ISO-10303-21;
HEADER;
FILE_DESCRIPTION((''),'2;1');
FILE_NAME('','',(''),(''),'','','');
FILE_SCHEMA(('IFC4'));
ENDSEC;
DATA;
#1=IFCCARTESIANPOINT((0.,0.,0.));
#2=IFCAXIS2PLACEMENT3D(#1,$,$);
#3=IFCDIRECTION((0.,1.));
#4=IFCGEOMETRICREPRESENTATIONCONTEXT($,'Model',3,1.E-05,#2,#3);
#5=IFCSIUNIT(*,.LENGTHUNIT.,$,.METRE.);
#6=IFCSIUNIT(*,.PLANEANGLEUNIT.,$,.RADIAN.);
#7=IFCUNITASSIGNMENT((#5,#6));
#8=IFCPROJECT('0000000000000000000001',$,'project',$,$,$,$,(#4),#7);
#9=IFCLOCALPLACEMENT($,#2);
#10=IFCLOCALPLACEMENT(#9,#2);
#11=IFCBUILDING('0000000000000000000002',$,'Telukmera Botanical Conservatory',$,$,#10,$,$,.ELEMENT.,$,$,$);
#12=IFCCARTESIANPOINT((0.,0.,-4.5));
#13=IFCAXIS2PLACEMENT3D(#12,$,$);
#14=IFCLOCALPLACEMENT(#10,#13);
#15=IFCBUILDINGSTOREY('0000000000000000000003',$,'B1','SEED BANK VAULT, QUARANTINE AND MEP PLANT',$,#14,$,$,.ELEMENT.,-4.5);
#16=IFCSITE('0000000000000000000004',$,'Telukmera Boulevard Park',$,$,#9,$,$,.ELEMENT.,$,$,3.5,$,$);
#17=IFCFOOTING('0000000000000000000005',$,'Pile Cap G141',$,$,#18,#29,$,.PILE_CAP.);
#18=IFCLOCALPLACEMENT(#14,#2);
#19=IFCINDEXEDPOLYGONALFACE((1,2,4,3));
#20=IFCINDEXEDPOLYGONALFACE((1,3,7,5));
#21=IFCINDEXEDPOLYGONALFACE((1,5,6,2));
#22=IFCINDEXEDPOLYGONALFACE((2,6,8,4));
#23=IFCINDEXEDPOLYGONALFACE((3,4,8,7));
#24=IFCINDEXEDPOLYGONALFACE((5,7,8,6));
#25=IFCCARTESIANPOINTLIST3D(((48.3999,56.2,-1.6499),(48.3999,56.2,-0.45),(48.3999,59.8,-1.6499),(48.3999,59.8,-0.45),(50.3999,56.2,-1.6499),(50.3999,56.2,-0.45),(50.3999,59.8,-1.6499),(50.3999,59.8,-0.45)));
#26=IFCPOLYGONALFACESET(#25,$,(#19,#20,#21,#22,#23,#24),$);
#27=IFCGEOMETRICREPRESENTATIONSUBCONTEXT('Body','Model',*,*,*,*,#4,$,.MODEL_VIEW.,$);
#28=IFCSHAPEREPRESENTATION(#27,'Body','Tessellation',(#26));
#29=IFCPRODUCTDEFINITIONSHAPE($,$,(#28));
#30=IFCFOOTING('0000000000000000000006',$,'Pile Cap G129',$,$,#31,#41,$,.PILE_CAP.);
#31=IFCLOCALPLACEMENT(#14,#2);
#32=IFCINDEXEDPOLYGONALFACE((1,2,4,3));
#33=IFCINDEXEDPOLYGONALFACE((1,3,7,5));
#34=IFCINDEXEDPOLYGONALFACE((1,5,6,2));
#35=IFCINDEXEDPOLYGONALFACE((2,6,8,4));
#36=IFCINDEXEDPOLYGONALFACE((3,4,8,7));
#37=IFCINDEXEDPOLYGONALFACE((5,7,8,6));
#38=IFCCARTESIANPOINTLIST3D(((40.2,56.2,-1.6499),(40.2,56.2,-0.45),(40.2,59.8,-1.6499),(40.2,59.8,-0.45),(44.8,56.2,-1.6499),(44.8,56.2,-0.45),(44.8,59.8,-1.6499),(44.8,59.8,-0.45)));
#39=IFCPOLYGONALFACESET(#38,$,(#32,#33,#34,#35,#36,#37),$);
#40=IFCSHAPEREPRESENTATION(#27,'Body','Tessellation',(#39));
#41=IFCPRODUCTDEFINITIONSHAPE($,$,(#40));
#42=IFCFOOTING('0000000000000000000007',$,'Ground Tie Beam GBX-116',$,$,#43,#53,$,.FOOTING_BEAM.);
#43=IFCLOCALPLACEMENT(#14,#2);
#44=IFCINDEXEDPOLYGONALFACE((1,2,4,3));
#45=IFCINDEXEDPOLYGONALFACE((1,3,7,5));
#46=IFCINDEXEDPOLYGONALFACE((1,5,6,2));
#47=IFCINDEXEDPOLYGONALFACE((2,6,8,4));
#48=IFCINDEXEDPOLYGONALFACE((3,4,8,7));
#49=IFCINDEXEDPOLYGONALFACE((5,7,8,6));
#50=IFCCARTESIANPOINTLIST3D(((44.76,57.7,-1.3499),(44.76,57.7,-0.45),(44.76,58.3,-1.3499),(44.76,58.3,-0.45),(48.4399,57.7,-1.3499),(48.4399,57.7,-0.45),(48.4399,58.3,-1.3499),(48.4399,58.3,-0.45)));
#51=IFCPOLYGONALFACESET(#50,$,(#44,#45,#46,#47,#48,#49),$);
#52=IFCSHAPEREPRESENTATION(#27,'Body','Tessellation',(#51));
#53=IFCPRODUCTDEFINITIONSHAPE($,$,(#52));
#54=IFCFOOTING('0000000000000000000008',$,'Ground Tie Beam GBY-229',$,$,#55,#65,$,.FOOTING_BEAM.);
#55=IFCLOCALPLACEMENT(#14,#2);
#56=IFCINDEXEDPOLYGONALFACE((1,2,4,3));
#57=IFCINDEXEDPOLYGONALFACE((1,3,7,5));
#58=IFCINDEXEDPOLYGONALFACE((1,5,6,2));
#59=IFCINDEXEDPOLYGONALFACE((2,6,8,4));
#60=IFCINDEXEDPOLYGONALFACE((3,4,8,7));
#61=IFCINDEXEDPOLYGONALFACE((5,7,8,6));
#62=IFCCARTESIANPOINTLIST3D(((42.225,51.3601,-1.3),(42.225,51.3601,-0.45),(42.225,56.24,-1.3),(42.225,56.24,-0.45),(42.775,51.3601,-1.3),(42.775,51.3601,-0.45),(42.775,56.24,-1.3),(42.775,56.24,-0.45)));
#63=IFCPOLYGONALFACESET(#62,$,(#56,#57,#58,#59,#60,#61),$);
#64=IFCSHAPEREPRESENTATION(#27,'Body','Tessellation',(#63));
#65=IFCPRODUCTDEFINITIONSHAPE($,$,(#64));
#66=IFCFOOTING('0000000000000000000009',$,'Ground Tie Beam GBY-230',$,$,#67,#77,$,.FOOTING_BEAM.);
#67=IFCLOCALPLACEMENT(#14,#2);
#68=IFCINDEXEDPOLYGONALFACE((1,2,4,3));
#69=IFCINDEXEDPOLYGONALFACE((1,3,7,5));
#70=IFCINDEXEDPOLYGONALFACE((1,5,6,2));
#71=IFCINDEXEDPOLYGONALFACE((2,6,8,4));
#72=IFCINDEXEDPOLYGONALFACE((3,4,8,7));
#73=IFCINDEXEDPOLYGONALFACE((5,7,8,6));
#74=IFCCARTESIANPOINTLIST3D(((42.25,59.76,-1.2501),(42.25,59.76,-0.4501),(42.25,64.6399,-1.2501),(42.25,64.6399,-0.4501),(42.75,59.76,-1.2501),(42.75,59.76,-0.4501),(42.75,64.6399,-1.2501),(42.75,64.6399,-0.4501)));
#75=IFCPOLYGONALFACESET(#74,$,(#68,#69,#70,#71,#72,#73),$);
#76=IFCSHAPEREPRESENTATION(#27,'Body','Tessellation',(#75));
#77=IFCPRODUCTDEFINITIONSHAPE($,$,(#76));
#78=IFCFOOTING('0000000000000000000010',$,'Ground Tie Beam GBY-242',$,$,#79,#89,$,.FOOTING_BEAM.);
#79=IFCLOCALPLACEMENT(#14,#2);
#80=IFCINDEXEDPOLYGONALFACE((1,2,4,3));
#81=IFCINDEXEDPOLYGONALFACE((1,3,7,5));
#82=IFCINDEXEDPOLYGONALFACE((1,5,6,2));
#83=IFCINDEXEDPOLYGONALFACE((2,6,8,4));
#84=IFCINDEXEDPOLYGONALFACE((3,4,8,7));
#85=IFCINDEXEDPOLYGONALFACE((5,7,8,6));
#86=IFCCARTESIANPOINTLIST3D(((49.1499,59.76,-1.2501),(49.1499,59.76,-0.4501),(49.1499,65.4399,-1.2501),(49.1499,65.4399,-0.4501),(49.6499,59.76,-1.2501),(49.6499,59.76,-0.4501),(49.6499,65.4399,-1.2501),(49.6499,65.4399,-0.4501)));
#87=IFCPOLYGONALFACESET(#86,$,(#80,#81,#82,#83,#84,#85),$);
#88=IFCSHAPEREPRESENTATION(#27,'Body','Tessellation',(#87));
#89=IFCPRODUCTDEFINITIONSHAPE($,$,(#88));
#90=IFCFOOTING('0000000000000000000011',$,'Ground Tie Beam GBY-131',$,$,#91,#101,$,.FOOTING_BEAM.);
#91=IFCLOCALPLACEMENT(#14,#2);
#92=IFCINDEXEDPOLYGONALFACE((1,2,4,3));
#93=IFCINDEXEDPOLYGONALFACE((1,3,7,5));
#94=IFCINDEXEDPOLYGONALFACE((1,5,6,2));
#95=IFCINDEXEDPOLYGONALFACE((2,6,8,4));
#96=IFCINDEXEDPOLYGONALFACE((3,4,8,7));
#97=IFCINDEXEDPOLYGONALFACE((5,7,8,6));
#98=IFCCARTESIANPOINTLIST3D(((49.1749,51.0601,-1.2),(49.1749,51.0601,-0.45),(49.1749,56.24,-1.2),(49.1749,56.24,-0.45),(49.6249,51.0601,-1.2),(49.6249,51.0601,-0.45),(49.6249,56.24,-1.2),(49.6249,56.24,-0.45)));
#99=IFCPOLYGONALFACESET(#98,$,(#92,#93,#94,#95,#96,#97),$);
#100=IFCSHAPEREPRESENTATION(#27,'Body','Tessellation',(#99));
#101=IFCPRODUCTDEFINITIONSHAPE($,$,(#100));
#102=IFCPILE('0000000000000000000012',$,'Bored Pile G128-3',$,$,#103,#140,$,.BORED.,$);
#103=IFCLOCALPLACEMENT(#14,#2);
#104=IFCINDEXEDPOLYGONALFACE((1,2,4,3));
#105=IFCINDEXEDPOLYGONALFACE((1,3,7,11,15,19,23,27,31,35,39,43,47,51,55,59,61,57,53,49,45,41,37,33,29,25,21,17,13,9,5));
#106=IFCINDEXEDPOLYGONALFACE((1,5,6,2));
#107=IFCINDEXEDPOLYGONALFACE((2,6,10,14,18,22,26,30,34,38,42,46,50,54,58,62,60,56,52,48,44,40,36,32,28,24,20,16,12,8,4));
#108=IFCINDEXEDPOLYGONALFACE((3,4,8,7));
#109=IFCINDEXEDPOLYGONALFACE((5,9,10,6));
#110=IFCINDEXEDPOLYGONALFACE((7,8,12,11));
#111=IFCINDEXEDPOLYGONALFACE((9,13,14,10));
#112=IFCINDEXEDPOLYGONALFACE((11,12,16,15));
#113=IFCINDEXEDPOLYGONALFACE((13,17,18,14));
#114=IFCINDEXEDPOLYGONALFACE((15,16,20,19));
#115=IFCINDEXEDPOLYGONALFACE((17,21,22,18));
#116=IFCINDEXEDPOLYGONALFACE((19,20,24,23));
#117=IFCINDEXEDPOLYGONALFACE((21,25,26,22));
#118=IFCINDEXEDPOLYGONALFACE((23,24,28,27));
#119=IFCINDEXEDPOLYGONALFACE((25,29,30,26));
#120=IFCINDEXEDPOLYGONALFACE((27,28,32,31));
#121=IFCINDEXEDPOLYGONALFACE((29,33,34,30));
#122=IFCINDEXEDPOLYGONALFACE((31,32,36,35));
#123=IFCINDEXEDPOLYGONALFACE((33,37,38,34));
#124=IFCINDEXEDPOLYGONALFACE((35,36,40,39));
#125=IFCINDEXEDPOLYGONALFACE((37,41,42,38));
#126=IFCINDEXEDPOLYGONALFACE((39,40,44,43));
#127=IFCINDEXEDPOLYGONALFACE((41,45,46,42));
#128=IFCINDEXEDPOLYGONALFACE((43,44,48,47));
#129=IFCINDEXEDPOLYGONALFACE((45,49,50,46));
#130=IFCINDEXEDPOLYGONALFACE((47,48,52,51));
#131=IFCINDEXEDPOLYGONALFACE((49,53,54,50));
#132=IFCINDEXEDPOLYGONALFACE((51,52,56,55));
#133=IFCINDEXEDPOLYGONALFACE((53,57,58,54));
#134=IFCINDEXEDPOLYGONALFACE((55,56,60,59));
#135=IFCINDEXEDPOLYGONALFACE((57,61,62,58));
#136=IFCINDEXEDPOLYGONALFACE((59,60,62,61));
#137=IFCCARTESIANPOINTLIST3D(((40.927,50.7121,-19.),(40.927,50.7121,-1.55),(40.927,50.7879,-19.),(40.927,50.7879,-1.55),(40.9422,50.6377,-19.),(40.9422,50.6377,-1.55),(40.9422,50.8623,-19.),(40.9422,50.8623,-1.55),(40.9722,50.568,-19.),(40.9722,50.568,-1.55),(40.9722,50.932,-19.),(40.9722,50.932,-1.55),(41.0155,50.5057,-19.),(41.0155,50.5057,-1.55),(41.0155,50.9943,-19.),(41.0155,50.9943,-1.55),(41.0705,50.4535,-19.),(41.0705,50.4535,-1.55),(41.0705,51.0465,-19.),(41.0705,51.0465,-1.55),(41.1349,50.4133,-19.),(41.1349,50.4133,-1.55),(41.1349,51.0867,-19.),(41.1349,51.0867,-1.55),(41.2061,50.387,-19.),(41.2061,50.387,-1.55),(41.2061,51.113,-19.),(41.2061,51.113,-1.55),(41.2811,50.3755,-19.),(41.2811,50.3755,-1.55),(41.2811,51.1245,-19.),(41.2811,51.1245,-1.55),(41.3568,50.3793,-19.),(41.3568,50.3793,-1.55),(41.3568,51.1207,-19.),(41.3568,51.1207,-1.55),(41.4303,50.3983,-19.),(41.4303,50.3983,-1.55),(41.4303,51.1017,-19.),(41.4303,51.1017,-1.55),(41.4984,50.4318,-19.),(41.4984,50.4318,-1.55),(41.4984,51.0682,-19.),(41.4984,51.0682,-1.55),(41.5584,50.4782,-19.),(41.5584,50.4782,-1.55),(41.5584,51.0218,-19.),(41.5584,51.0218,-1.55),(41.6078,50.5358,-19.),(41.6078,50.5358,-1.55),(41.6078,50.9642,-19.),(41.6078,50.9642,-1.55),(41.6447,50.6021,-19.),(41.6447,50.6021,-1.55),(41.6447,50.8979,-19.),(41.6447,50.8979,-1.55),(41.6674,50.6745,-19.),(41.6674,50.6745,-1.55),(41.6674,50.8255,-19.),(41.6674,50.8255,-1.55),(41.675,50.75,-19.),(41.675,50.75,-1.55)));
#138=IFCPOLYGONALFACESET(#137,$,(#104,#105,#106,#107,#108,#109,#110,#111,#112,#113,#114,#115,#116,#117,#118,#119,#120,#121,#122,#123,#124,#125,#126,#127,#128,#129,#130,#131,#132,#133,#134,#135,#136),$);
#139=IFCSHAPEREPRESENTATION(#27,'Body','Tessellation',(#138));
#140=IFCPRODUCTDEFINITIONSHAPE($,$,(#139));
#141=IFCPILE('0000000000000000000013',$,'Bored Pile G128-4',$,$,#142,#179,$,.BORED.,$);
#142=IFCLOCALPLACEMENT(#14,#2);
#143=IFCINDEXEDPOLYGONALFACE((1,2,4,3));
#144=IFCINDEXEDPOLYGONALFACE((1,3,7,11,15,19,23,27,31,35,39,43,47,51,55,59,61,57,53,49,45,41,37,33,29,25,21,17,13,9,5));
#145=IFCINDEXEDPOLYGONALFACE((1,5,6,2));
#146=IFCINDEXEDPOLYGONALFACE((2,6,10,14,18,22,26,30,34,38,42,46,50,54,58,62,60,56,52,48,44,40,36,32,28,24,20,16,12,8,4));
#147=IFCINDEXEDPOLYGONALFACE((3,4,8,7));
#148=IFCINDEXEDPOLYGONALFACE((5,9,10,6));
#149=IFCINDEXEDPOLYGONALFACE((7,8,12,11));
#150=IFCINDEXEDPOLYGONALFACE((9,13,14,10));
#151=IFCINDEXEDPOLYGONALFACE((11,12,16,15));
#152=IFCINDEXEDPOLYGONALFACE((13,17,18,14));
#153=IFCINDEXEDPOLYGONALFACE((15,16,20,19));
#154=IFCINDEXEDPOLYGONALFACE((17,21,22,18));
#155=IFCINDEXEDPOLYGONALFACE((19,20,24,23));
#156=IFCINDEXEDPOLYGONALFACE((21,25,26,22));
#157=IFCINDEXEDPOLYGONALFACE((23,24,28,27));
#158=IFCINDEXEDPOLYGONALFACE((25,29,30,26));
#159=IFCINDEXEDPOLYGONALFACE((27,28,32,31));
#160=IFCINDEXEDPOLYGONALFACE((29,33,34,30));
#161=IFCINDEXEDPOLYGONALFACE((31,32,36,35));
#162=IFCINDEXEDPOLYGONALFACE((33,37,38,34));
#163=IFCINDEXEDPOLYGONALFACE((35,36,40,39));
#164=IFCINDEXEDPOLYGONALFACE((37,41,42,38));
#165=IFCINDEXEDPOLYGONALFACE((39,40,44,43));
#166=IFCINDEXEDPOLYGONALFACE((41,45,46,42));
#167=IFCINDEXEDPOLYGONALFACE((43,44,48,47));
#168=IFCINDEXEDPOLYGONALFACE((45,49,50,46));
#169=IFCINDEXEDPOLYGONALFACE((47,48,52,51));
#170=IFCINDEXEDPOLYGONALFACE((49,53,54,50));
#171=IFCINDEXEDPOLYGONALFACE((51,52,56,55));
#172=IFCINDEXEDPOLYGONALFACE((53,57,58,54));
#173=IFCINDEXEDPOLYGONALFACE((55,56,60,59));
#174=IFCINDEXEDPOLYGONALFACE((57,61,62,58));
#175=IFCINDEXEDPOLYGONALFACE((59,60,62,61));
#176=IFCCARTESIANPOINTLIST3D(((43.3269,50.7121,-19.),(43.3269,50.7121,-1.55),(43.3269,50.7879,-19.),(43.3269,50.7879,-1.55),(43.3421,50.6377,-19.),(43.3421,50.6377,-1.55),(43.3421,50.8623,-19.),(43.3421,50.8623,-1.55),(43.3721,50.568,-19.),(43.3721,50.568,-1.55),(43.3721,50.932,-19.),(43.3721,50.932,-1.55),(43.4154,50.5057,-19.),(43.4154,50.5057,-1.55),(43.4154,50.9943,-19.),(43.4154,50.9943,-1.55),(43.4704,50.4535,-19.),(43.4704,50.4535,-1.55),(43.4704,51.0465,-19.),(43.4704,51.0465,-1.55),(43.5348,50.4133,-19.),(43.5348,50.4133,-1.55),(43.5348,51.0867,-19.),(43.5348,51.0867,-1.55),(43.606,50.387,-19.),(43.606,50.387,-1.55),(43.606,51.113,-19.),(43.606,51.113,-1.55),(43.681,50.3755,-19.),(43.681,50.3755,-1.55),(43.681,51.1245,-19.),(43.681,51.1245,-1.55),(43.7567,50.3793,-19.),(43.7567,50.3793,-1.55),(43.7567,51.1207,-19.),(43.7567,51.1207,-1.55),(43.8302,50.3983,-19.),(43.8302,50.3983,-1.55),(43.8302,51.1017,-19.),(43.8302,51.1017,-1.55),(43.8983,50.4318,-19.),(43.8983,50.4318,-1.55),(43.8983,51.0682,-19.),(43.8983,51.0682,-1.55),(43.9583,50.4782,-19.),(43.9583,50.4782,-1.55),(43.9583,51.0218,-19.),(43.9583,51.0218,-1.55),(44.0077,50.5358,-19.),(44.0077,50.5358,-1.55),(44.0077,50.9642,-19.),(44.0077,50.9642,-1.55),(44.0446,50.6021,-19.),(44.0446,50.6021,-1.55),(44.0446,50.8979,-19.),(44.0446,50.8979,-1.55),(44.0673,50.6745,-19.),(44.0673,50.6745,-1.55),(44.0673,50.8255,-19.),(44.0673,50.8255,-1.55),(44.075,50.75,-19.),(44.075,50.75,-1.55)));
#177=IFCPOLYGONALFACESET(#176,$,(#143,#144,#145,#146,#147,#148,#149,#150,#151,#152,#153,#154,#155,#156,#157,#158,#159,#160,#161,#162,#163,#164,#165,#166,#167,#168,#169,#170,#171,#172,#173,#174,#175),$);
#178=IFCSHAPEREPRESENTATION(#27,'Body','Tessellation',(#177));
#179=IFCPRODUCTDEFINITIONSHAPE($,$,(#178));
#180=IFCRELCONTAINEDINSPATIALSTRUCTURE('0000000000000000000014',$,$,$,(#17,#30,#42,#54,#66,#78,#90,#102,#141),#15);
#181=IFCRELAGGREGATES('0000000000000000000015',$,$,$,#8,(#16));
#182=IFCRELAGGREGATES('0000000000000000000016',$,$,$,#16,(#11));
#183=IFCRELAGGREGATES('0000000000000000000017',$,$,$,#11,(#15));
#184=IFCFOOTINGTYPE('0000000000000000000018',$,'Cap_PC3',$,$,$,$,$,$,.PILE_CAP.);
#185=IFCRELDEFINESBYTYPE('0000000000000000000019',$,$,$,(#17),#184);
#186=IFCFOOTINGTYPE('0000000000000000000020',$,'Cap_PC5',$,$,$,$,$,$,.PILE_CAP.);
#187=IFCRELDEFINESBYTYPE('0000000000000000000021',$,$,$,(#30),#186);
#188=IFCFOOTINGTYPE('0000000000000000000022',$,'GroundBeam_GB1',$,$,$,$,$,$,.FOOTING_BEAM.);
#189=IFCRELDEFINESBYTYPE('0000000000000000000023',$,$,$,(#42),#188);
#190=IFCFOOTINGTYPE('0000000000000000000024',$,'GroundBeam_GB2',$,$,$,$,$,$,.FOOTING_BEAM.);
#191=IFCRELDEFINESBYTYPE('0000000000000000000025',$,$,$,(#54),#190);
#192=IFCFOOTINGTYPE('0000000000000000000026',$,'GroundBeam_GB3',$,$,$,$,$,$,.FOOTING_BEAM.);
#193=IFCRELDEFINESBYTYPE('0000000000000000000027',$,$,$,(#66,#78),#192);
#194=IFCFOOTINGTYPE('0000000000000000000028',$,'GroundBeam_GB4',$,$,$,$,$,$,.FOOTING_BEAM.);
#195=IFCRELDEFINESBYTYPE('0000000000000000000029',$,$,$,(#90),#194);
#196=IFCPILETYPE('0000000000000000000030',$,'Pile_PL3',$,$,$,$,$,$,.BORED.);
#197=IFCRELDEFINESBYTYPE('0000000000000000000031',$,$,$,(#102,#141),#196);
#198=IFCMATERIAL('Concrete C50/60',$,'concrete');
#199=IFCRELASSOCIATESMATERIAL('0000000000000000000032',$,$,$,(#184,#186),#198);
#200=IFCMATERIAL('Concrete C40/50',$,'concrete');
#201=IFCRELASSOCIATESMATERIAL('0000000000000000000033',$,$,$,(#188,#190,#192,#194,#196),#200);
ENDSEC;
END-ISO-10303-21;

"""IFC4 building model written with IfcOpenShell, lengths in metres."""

from ifc_helpers import new_model, si_unit, direction, frame, origin, origin_2d, place, context, subcontext, project, spatial, rectangle, circle, extrude, material, material_profile, profile_set, type_object, element, save


model = new_model("IFC4")

# Units and contexts
model_context = context("Model", 3, precision=1e-05, world=origin(), true_north=direction((0.0, 1.0)))
body_context = subcontext(model_context, "Body", "Model", "MODEL_VIEW")
ifc_project = project(units=[si_unit("LENGTHUNIT", "METRE"), si_unit("PLANEANGLEUNIT", "RADIAN")], contexts=[model_context])

# Site, building, storey
site_placement = place(None, origin())
site = spatial("IfcSite", under=ifc_project, at=site_placement, Name="Telukmera Boulevard Park", CompositionType="ELEMENT", RefElevation=3.5)
building_placement = place(site_placement, origin())
building = spatial("IfcBuilding", under=site, at=building_placement, Name="Telukmera Botanical Conservatory", CompositionType="ELEMENT")
storey_placement = place(building_placement, frame((0.0, 0.0, -4.5)))
storey = spatial("IfcBuildingStorey", under=building, at=storey_placement, Name="B1", Description="SEED BANK VAULT, QUARANTINE AND MEP PLANT", CompositionType="ELEMENT", Elevation=-4.5)

# Footings
ifc_material_1 = material(Name="Concrete C50/60", Category="concrete")
footing_type_1 = type_object("IfcFootingType", Name="Cap_PC3", PredefinedType="PILE_CAP", material=ifc_material_1)
footing_1_placement = place(storey_placement, frame((49.3999, 58.0, -1.6499), z_axis=(0.0, 0.0, 1.0), x_axis=(1.0, 0.0, 0.0)))
element("IfcFooting", 1, at=footing_1_placement, inside=storey, type_object=footing_type_1, Name="Pile Cap G141", PredefinedType="PILE_CAP", context=body_context, shape_type="SweptSolid", body=[
    extrude(rectangle(XDim=2.0, YDim=3.6001, at=origin_2d()), origin(), (0.0, 0.0, 1.0), 1.2),
])
footing_type_2 = type_object("IfcFootingType", Name="Cap_PC5", PredefinedType="PILE_CAP", material=ifc_material_1)
footing_2_placement = place(storey_placement, frame((42.5, 58.0, -1.6499), z_axis=(0.0, 0.0, 1.0), x_axis=(1.0, 0.0, 0.0)))
element("IfcFooting", 2, at=footing_2_placement, inside=storey, type_object=footing_type_2, Name="Pile Cap G129", PredefinedType="PILE_CAP", context=body_context, shape_type="SweptSolid", body=[
    extrude(rectangle(XDim=4.6001, YDim=3.6001, at=origin_2d()), origin(), (0.0, 0.0, 1.0), 1.2),
])
ifc_material_2 = material(Name="Concrete C40/50", Category="concrete")
ifc_material_profile_1 = material_profile(ifc_material_2, rectangle(XDim=0.6001, YDim=0.8999, at=origin_2d()), Name="RC 600x900")
ifc_profile_set_1 = profile_set([ifc_material_profile_1], Name="Concrete C40/50")
footing_type_3 = type_object("IfcFootingType", Name="GroundBeam_GB1", PredefinedType="FOOTING_BEAM", material=ifc_profile_set_1)
footing_3_placement = place(storey_placement, frame((44.76, 58.0, -0.8999), z_axis=(1.0, 0.0, 0.0), x_axis=(0.0, 1.0, 0.0)))
element("IfcFooting", 3, at=footing_3_placement, inside=storey, type_object=footing_type_3, Name="Ground Tie Beam GBX-116", PredefinedType="FOOTING_BEAM", context=body_context, shape_type="SweptSolid", body=[
    extrude(rectangle(XDim=0.6001, YDim=0.8999, at=origin_2d()), origin(), (0.0, 0.0, 1.0), 3.6799),
])
ifc_material_profile_2 = material_profile(ifc_material_2, rectangle(XDim=0.55, YDim=0.8501, at=origin_2d()), Name="RC 550x850")
ifc_profile_set_2 = profile_set([ifc_material_profile_2], Name="Concrete C40/50")
footing_type_4 = type_object("IfcFootingType", Name="GroundBeam_GB2", PredefinedType="FOOTING_BEAM", material=ifc_profile_set_2)
footing_4_placement = place(storey_placement, frame((42.5, 51.3601, -0.875), z_axis=(0.0, 1.0, 0.0), x_axis=(-1.0, 0.0, 0.0)))
element("IfcFooting", 4, at=footing_4_placement, inside=storey, type_object=footing_type_4, Name="Ground Tie Beam GBY-229", PredefinedType="FOOTING_BEAM", context=body_context, shape_type="SweptSolid", body=[
    extrude(rectangle(XDim=0.55, YDim=0.8501, at=origin_2d()), origin(), (0.0, 0.0, 1.0), 4.8799),
])
ifc_material_profile_3 = material_profile(ifc_material_2, rectangle(XDim=0.5, YDim=0.8, at=origin_2d()), Name="RC 500x800")
ifc_profile_set_3 = profile_set([ifc_material_profile_3], Name="Concrete C40/50")
footing_type_5 = type_object("IfcFootingType", Name="GroundBeam_GB3", PredefinedType="FOOTING_BEAM", material=ifc_profile_set_3)
footing_5_placement = place(storey_placement, frame((42.5, 59.76, -0.8501), z_axis=(0.0, 1.0, 0.0), x_axis=(-1.0, 0.0, 0.0)))
element("IfcFooting", 5, at=footing_5_placement, inside=storey, type_object=footing_type_5, Name="Ground Tie Beam GBY-230", PredefinedType="FOOTING_BEAM", context=body_context, shape_type="SweptSolid", body=[
    extrude(rectangle(XDim=0.5, YDim=0.8, at=origin_2d()), origin(), (0.0, 0.0, 1.0), 4.8799),
])
footing_6_placement = place(storey_placement, frame((49.3999, 59.76, -0.8501), z_axis=(0.0, 1.0, 0.0), x_axis=(-1.0, 0.0, 0.0)))
element("IfcFooting", 6, at=footing_6_placement, inside=storey, type_object=footing_type_5, Name="Ground Tie Beam GBY-242", PredefinedType="FOOTING_BEAM", context=body_context, shape_type="SweptSolid", body=[
    extrude(rectangle(XDim=0.5, YDim=0.8, at=origin_2d()), origin(), (0.0, 0.0, 1.0), 5.6799),
])
ifc_material_profile_4 = material_profile(ifc_material_2, rectangle(XDim=0.45, YDim=0.75, at=origin_2d()), Name="RC 450x750")
ifc_profile_set_4 = profile_set([ifc_material_profile_4], Name="Concrete C40/50")
footing_type_6 = type_object("IfcFootingType", Name="GroundBeam_GB4", PredefinedType="FOOTING_BEAM", material=ifc_profile_set_4)
footing_7_placement = place(storey_placement, frame((49.3999, 51.0601, -0.825), z_axis=(0.0, 1.0, 0.0), x_axis=(-1.0, 0.0, 0.0)))
element("IfcFooting", 7, at=footing_7_placement, inside=storey, type_object=footing_type_6, Name="Ground Tie Beam GBY-131", PredefinedType="FOOTING_BEAM", context=body_context, shape_type="SweptSolid", body=[
    extrude(rectangle(XDim=0.45, YDim=0.75, at=origin_2d()), origin(), (0.0, 0.0, 1.0), 5.1799),
])

# Piles
ifc_material_profile_5 = material_profile(ifc_material_2, circle(Radius=0.375, at=origin_2d()), Name="PILE D750")
ifc_profile_set_5 = profile_set([ifc_material_profile_5], Name="Concrete C40/50")
pile_type = type_object("IfcPileType", Name="Pile_PL3", PredefinedType="BORED", material=ifc_profile_set_5)
for number, where, z_axis, x_axis, name in (
    (8, (41.3, 50.75, -1.55), (0.0, 0.0, -1.0), (1.0, 0.0, 0.0), "Bored Pile G128-3"),
    (9, (43.7, 50.75, -1.55), (0.0, 0.0, -1.0), (1.0, 0.0, 0.0), "Bored Pile G128-4"),
):
    element("IfcPile", number, at=place(storey_placement, frame(where, z_axis=z_axis, x_axis=x_axis)), inside=storey, type_object=pile_type, Name=name, PredefinedType="BORED", context=body_context, shape_type="SweptSolid", body=[
        extrude(circle(Radius=0.375, at=origin_2d()), origin(), (0.0, 0.0, 1.0), 17.45),
    ])

save(model, "model.ifc")
